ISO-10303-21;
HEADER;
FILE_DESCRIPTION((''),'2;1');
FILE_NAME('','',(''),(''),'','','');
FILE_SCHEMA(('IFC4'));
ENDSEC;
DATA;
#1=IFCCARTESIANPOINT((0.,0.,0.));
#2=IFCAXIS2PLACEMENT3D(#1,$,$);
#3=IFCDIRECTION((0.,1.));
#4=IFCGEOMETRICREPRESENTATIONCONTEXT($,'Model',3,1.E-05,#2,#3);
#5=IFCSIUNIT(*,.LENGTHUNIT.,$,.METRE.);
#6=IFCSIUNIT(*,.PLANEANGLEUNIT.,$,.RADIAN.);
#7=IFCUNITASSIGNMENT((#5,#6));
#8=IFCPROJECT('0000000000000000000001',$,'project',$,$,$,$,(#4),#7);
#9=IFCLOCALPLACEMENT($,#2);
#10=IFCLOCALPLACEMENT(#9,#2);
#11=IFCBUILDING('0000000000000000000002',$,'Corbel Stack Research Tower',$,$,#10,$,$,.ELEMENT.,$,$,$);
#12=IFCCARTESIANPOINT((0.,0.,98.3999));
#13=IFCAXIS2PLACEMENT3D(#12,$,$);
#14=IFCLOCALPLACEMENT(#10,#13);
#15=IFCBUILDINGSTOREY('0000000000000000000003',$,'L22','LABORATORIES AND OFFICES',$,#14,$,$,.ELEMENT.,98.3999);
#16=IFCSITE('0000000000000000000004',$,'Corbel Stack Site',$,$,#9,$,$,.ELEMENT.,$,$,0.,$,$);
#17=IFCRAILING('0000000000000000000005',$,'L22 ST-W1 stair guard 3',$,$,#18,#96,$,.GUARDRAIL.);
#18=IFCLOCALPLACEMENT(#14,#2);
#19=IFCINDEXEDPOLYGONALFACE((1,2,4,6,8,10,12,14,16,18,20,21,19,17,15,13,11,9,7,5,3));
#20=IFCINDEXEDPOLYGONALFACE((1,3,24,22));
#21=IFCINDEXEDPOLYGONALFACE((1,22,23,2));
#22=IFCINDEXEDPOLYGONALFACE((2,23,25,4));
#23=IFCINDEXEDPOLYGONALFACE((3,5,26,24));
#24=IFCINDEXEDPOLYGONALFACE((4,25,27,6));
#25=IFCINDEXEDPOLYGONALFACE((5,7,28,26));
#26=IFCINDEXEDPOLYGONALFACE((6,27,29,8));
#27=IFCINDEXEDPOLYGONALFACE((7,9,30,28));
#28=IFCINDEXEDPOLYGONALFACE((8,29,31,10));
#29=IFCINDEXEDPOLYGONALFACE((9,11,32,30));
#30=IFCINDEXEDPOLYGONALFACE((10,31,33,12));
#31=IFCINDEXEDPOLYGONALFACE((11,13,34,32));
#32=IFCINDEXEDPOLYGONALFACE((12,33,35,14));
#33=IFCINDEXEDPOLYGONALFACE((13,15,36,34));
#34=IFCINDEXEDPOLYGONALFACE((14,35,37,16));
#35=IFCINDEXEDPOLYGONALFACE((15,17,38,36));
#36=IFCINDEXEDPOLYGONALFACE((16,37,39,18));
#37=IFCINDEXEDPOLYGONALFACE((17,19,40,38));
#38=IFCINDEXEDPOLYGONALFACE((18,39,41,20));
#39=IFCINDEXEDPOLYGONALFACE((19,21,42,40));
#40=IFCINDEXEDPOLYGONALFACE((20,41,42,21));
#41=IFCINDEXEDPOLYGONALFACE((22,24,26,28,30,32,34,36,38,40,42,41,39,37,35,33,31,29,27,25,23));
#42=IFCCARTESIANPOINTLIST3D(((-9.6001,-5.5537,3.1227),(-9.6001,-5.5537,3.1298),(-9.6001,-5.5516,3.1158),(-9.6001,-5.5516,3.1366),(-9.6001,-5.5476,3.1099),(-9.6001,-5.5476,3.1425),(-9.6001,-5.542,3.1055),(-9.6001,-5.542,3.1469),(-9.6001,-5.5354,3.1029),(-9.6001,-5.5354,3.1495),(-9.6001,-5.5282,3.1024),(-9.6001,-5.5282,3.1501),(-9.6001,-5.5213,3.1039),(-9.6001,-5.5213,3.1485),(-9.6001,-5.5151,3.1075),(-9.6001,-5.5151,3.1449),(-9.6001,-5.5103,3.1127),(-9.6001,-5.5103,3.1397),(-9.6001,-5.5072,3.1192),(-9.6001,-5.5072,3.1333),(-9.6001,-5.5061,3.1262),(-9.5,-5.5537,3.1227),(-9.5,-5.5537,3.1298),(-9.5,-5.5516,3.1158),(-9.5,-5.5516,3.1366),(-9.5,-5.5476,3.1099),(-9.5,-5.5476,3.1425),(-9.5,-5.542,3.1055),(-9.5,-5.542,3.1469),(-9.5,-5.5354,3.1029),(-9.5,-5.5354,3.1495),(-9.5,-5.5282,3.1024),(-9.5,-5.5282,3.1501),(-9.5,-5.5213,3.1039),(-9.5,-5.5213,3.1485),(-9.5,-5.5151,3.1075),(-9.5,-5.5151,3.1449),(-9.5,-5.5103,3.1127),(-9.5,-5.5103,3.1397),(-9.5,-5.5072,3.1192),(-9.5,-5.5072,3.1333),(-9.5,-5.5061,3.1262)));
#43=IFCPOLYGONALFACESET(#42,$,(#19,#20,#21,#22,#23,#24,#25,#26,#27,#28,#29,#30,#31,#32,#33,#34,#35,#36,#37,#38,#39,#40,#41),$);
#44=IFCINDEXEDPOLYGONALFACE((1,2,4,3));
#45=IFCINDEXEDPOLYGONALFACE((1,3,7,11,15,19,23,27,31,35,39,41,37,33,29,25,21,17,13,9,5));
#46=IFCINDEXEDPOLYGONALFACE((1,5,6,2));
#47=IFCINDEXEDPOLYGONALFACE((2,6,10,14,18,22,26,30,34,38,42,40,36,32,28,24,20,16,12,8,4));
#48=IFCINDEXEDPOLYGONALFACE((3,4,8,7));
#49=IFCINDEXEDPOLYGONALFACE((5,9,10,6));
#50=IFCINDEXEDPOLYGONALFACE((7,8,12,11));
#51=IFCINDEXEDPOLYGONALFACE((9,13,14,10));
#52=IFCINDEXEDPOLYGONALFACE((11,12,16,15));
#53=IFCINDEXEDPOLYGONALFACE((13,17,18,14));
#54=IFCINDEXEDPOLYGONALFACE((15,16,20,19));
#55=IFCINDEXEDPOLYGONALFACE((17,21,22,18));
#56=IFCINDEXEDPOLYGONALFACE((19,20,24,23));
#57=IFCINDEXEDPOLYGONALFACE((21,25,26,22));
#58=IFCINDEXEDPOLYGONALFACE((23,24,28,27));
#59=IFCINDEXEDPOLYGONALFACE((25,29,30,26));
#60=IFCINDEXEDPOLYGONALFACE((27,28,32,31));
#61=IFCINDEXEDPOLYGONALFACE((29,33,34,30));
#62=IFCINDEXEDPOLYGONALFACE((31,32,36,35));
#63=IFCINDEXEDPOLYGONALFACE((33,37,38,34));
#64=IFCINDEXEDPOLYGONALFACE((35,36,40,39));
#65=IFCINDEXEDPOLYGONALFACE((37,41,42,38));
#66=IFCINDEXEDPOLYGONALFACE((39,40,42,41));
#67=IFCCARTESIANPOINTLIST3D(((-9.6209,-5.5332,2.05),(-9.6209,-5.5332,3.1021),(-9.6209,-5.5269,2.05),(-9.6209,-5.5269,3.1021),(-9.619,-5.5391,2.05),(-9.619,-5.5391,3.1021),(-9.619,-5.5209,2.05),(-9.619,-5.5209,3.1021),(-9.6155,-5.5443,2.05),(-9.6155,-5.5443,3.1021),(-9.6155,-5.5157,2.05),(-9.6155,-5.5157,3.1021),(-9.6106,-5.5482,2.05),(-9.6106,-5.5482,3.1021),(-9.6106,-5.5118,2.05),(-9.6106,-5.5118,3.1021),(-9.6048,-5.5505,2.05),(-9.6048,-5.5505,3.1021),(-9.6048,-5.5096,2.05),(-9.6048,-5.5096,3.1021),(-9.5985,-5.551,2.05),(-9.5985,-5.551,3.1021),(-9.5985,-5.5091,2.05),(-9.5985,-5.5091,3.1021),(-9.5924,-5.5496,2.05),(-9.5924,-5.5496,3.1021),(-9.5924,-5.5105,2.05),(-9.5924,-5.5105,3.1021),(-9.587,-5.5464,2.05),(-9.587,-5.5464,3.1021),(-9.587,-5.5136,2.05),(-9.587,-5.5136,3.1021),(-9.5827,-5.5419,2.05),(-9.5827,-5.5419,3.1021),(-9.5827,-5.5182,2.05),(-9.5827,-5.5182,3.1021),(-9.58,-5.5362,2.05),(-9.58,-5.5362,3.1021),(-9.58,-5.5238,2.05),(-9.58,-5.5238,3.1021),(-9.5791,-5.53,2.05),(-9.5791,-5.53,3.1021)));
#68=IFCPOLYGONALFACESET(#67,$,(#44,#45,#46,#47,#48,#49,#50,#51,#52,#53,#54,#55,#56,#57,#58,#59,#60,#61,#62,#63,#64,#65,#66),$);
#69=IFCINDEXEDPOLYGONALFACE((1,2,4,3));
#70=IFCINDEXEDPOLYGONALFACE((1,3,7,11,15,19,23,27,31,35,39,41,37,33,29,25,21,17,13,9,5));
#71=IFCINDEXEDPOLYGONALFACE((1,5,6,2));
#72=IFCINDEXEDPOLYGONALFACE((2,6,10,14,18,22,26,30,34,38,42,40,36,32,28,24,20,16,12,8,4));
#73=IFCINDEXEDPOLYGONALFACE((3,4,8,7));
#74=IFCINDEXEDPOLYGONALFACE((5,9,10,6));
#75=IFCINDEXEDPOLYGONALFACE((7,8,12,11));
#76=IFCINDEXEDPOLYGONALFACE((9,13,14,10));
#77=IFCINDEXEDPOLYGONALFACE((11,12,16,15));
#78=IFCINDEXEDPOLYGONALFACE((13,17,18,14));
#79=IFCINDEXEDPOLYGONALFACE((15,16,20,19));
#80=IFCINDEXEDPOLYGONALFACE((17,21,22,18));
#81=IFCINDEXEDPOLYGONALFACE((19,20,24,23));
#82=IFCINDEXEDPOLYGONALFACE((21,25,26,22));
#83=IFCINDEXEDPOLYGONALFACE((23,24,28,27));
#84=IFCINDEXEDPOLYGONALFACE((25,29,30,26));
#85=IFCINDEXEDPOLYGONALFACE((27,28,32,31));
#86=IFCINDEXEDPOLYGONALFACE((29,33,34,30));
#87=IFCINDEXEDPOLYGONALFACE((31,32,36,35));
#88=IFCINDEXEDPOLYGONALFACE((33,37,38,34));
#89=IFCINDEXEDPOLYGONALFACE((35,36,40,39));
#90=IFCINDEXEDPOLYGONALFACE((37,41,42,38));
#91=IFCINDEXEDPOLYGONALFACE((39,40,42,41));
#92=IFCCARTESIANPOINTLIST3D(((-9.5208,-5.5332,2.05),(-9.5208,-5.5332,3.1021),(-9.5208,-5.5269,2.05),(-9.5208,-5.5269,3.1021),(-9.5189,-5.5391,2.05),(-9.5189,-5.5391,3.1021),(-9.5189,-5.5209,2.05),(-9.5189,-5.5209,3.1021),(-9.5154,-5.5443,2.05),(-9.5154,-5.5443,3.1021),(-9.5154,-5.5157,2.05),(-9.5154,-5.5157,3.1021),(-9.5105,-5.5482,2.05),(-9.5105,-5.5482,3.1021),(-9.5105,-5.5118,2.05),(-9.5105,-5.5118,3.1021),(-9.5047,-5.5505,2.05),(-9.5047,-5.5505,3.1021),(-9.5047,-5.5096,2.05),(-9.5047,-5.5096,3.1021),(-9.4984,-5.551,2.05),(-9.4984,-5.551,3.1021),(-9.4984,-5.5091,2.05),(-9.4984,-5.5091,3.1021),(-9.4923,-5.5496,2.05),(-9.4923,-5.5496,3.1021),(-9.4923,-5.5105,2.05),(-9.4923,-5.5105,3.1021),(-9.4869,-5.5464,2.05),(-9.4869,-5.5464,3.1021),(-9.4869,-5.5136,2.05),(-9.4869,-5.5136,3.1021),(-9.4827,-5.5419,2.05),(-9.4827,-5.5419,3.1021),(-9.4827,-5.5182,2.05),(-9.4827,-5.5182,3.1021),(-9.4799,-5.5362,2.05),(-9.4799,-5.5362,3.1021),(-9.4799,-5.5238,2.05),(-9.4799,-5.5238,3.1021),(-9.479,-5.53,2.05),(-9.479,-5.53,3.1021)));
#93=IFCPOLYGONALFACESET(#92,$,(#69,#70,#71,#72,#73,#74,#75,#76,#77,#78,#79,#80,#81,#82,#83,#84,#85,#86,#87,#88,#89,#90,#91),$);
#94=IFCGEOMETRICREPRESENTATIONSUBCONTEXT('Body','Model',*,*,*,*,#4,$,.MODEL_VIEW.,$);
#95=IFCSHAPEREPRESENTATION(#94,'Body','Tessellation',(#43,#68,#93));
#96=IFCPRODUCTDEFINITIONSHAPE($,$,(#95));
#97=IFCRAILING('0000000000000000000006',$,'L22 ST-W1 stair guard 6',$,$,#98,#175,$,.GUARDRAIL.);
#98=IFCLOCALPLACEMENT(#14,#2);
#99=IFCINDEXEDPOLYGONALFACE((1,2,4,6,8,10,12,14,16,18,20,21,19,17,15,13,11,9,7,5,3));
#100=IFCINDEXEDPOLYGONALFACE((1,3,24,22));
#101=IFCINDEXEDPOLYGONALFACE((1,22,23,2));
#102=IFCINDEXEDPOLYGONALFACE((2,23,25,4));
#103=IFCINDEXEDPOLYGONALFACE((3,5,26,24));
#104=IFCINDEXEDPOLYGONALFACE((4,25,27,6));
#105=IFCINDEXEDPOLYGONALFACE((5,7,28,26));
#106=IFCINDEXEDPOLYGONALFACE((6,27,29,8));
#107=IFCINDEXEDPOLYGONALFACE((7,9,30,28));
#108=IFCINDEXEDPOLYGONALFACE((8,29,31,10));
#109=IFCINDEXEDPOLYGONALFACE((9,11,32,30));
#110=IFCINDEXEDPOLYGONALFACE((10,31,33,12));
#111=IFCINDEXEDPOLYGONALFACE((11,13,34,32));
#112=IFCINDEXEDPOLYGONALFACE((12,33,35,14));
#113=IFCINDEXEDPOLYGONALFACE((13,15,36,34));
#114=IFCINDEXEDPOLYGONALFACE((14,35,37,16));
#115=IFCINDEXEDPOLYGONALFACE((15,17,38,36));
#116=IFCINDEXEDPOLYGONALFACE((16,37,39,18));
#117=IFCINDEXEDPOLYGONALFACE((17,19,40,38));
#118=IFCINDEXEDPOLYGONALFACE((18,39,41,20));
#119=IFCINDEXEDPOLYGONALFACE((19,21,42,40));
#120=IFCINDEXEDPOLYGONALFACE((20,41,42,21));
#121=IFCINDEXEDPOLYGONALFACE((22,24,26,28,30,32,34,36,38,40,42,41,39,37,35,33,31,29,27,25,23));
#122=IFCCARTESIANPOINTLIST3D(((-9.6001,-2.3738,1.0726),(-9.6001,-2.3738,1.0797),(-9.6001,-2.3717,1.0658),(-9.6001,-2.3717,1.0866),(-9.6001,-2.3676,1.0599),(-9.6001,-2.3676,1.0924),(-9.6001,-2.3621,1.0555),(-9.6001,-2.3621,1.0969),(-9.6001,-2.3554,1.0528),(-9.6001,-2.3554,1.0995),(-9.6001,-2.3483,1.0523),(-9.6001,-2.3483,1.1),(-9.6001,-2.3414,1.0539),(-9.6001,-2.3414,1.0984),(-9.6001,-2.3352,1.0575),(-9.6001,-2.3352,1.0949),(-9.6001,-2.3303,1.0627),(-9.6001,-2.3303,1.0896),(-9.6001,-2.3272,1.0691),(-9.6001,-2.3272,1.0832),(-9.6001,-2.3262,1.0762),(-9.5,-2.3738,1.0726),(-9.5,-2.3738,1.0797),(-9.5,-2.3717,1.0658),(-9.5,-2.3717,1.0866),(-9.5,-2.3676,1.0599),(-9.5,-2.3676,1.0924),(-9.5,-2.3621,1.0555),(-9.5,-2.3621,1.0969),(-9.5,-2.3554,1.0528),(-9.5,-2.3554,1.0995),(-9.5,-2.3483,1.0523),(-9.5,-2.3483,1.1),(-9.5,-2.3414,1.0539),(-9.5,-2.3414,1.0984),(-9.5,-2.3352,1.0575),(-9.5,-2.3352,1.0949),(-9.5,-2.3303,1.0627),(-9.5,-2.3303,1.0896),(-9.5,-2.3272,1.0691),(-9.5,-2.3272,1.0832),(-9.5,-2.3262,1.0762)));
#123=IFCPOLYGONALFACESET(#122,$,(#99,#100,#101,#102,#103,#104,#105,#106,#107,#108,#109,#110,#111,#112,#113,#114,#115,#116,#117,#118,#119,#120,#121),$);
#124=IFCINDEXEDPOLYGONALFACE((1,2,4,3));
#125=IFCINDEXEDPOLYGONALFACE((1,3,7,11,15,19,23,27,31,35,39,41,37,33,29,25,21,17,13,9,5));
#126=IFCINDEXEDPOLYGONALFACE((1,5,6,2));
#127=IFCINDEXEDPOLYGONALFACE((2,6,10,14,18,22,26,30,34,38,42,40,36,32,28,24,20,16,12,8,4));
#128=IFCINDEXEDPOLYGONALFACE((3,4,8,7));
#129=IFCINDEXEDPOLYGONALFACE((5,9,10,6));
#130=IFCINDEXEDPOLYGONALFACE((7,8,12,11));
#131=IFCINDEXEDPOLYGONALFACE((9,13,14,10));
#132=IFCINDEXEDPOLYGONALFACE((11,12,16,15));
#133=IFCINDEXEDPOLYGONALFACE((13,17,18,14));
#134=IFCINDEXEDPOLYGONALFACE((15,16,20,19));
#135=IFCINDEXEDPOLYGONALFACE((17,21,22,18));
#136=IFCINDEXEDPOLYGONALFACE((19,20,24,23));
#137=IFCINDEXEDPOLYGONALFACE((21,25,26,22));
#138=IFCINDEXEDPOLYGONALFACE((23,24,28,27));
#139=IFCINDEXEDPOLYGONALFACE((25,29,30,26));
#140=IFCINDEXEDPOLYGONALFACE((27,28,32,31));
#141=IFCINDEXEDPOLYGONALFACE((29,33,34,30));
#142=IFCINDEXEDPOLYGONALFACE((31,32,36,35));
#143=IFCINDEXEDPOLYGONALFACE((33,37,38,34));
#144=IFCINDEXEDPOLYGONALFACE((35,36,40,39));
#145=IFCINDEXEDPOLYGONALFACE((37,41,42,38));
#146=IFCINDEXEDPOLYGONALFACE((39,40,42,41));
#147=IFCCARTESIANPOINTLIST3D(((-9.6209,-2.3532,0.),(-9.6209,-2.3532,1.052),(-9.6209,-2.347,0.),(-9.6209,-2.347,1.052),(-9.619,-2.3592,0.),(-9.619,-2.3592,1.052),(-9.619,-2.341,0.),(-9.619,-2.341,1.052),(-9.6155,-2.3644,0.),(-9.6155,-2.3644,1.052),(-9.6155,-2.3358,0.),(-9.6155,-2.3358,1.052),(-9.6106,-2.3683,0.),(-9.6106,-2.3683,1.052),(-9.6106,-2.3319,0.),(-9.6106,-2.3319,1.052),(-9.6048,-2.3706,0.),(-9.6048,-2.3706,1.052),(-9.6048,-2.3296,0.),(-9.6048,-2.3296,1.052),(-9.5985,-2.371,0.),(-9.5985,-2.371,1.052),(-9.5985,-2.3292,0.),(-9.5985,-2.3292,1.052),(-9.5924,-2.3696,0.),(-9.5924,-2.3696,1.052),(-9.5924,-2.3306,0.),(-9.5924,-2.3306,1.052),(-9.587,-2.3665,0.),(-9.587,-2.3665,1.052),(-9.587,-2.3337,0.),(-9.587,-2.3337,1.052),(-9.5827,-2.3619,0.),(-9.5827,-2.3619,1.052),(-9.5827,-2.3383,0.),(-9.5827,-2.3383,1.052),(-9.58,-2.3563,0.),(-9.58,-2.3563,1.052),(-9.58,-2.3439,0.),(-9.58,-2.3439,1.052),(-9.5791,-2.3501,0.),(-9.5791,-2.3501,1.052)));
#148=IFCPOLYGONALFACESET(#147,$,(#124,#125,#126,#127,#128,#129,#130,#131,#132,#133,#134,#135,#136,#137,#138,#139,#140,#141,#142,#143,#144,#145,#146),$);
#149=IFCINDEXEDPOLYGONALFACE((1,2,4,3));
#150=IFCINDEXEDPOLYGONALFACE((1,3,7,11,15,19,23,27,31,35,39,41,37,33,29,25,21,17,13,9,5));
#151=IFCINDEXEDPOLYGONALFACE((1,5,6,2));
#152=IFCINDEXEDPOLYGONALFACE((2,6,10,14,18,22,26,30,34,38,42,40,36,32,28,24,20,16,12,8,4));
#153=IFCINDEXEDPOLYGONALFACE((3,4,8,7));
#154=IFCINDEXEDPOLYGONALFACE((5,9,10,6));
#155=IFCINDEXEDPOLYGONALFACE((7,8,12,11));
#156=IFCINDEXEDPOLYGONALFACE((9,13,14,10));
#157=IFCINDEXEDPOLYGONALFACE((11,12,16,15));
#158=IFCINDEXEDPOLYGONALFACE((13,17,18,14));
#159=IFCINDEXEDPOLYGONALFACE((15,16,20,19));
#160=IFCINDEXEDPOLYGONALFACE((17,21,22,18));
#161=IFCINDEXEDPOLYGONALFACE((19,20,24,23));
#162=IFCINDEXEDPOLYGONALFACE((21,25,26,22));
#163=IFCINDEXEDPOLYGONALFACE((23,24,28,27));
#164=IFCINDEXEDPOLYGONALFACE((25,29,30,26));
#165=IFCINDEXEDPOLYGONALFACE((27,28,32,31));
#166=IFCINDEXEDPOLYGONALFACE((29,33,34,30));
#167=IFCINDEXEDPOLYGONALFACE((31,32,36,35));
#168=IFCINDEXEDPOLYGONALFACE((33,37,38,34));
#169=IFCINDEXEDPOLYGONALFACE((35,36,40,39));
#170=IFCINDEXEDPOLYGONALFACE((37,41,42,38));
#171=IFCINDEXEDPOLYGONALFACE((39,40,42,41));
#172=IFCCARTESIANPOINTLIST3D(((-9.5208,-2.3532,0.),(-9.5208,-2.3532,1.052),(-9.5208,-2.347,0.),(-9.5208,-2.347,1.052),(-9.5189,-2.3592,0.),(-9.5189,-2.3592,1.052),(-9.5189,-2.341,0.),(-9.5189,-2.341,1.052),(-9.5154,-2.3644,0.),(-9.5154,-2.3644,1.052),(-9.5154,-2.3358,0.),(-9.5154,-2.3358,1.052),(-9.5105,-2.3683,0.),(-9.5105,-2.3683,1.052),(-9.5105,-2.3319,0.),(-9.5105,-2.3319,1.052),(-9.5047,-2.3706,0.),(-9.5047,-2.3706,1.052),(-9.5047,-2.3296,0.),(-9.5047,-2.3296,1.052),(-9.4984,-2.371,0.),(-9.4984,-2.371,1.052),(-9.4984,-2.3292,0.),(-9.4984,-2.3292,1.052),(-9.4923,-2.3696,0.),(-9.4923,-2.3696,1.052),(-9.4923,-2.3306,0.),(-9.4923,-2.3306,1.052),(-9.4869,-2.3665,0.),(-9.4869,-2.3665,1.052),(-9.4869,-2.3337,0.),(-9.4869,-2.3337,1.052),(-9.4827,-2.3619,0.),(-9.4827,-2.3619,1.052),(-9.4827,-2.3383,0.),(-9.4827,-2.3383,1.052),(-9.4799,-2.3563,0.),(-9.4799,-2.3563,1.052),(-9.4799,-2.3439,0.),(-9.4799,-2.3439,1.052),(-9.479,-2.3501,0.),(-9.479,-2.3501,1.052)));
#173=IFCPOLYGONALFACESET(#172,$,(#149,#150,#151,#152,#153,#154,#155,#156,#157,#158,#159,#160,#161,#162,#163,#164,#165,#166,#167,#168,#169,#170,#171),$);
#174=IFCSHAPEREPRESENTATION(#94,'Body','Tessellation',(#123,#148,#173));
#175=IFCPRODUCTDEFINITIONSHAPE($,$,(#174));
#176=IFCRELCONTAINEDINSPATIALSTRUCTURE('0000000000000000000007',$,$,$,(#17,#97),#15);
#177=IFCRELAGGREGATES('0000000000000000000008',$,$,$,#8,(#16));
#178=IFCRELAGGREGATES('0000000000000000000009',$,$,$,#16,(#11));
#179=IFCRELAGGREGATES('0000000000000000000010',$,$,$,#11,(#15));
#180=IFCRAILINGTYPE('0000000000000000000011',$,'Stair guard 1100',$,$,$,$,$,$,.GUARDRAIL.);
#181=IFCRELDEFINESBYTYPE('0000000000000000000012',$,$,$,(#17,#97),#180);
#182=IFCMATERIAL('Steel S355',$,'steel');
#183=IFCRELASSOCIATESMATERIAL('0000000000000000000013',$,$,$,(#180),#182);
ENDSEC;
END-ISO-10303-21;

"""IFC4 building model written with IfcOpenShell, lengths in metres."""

from ifc_helpers import new_model, si_unit, direction, frame, origin, origin_2d, place, context, subcontext, project, spatial, circle, extrude, material, type_object, element, save


model = new_model("IFC4")

# Units and contexts
model_context = context("Model", 3, precision=1e-05, world=origin(), true_north=direction((0.0, 1.0)))
body_context = subcontext(model_context, "Body", "Model", "MODEL_VIEW")
ifc_project = project(units=[si_unit("LENGTHUNIT", "METRE"), si_unit("PLANEANGLEUNIT", "RADIAN")], contexts=[model_context])

# Site, building, storey
site_placement = place(None, origin())
site = spatial("IfcSite", under=ifc_project, at=site_placement, Name="Corbel Stack Site", CompositionType="ELEMENT", RefElevation=0.0)
building_placement = place(site_placement, origin())
building = spatial("IfcBuilding", under=site, at=building_placement, Name="Corbel Stack Research Tower", CompositionType="ELEMENT")
storey_placement = place(building_placement, frame((0.0, 0.0, 98.3999)))
storey = spatial("IfcBuildingStorey", under=building, at=storey_placement, Name="L22", Description="LABORATORIES AND OFFICES", CompositionType="ELEMENT", Elevation=98.3999)

# Railings
ifc_material_1 = material(Name="Steel S355", Category="steel")
railing_type = type_object("IfcRailingType", Name="Stair guard 1100", PredefinedType="GUARDRAIL", material=ifc_material_1)
for number, where, name in (
    (1, (-9.6001, -5.53, 2.05), "L22 ST-W1 stair guard 3"),
    (2, (-9.6001, -2.3501, 0.0), "L22 ST-W1 stair guard 6"),
):
    element("IfcRailing", number, at=place(storey_placement, frame(where)), inside=storey, type_object=railing_type, Name=name, PredefinedType="GUARDRAIL", context=body_context, shape_type="SweptSolid", body=[
        extrude(circle(Radius=0.0239, at=origin_2d()), frame((0.0, 0.0, 1.0762), z_axis=(1.0, 0.0, 0.0), x_axis=(0.0, 1.0, 0.0)), (0.0, 0.0, 1.0), 0.1001),
        extrude(circle(Radius=0.021, at=origin_2d()), origin(), (0.0, 0.0, 1.0), 1.052),
        extrude(circle(Radius=0.021, at=origin_2d()), frame((0.1001, 0.0, 0.0)), (0.0, 0.0, 1.0), 1.052),
    ])

save(model, "model.ifc")
